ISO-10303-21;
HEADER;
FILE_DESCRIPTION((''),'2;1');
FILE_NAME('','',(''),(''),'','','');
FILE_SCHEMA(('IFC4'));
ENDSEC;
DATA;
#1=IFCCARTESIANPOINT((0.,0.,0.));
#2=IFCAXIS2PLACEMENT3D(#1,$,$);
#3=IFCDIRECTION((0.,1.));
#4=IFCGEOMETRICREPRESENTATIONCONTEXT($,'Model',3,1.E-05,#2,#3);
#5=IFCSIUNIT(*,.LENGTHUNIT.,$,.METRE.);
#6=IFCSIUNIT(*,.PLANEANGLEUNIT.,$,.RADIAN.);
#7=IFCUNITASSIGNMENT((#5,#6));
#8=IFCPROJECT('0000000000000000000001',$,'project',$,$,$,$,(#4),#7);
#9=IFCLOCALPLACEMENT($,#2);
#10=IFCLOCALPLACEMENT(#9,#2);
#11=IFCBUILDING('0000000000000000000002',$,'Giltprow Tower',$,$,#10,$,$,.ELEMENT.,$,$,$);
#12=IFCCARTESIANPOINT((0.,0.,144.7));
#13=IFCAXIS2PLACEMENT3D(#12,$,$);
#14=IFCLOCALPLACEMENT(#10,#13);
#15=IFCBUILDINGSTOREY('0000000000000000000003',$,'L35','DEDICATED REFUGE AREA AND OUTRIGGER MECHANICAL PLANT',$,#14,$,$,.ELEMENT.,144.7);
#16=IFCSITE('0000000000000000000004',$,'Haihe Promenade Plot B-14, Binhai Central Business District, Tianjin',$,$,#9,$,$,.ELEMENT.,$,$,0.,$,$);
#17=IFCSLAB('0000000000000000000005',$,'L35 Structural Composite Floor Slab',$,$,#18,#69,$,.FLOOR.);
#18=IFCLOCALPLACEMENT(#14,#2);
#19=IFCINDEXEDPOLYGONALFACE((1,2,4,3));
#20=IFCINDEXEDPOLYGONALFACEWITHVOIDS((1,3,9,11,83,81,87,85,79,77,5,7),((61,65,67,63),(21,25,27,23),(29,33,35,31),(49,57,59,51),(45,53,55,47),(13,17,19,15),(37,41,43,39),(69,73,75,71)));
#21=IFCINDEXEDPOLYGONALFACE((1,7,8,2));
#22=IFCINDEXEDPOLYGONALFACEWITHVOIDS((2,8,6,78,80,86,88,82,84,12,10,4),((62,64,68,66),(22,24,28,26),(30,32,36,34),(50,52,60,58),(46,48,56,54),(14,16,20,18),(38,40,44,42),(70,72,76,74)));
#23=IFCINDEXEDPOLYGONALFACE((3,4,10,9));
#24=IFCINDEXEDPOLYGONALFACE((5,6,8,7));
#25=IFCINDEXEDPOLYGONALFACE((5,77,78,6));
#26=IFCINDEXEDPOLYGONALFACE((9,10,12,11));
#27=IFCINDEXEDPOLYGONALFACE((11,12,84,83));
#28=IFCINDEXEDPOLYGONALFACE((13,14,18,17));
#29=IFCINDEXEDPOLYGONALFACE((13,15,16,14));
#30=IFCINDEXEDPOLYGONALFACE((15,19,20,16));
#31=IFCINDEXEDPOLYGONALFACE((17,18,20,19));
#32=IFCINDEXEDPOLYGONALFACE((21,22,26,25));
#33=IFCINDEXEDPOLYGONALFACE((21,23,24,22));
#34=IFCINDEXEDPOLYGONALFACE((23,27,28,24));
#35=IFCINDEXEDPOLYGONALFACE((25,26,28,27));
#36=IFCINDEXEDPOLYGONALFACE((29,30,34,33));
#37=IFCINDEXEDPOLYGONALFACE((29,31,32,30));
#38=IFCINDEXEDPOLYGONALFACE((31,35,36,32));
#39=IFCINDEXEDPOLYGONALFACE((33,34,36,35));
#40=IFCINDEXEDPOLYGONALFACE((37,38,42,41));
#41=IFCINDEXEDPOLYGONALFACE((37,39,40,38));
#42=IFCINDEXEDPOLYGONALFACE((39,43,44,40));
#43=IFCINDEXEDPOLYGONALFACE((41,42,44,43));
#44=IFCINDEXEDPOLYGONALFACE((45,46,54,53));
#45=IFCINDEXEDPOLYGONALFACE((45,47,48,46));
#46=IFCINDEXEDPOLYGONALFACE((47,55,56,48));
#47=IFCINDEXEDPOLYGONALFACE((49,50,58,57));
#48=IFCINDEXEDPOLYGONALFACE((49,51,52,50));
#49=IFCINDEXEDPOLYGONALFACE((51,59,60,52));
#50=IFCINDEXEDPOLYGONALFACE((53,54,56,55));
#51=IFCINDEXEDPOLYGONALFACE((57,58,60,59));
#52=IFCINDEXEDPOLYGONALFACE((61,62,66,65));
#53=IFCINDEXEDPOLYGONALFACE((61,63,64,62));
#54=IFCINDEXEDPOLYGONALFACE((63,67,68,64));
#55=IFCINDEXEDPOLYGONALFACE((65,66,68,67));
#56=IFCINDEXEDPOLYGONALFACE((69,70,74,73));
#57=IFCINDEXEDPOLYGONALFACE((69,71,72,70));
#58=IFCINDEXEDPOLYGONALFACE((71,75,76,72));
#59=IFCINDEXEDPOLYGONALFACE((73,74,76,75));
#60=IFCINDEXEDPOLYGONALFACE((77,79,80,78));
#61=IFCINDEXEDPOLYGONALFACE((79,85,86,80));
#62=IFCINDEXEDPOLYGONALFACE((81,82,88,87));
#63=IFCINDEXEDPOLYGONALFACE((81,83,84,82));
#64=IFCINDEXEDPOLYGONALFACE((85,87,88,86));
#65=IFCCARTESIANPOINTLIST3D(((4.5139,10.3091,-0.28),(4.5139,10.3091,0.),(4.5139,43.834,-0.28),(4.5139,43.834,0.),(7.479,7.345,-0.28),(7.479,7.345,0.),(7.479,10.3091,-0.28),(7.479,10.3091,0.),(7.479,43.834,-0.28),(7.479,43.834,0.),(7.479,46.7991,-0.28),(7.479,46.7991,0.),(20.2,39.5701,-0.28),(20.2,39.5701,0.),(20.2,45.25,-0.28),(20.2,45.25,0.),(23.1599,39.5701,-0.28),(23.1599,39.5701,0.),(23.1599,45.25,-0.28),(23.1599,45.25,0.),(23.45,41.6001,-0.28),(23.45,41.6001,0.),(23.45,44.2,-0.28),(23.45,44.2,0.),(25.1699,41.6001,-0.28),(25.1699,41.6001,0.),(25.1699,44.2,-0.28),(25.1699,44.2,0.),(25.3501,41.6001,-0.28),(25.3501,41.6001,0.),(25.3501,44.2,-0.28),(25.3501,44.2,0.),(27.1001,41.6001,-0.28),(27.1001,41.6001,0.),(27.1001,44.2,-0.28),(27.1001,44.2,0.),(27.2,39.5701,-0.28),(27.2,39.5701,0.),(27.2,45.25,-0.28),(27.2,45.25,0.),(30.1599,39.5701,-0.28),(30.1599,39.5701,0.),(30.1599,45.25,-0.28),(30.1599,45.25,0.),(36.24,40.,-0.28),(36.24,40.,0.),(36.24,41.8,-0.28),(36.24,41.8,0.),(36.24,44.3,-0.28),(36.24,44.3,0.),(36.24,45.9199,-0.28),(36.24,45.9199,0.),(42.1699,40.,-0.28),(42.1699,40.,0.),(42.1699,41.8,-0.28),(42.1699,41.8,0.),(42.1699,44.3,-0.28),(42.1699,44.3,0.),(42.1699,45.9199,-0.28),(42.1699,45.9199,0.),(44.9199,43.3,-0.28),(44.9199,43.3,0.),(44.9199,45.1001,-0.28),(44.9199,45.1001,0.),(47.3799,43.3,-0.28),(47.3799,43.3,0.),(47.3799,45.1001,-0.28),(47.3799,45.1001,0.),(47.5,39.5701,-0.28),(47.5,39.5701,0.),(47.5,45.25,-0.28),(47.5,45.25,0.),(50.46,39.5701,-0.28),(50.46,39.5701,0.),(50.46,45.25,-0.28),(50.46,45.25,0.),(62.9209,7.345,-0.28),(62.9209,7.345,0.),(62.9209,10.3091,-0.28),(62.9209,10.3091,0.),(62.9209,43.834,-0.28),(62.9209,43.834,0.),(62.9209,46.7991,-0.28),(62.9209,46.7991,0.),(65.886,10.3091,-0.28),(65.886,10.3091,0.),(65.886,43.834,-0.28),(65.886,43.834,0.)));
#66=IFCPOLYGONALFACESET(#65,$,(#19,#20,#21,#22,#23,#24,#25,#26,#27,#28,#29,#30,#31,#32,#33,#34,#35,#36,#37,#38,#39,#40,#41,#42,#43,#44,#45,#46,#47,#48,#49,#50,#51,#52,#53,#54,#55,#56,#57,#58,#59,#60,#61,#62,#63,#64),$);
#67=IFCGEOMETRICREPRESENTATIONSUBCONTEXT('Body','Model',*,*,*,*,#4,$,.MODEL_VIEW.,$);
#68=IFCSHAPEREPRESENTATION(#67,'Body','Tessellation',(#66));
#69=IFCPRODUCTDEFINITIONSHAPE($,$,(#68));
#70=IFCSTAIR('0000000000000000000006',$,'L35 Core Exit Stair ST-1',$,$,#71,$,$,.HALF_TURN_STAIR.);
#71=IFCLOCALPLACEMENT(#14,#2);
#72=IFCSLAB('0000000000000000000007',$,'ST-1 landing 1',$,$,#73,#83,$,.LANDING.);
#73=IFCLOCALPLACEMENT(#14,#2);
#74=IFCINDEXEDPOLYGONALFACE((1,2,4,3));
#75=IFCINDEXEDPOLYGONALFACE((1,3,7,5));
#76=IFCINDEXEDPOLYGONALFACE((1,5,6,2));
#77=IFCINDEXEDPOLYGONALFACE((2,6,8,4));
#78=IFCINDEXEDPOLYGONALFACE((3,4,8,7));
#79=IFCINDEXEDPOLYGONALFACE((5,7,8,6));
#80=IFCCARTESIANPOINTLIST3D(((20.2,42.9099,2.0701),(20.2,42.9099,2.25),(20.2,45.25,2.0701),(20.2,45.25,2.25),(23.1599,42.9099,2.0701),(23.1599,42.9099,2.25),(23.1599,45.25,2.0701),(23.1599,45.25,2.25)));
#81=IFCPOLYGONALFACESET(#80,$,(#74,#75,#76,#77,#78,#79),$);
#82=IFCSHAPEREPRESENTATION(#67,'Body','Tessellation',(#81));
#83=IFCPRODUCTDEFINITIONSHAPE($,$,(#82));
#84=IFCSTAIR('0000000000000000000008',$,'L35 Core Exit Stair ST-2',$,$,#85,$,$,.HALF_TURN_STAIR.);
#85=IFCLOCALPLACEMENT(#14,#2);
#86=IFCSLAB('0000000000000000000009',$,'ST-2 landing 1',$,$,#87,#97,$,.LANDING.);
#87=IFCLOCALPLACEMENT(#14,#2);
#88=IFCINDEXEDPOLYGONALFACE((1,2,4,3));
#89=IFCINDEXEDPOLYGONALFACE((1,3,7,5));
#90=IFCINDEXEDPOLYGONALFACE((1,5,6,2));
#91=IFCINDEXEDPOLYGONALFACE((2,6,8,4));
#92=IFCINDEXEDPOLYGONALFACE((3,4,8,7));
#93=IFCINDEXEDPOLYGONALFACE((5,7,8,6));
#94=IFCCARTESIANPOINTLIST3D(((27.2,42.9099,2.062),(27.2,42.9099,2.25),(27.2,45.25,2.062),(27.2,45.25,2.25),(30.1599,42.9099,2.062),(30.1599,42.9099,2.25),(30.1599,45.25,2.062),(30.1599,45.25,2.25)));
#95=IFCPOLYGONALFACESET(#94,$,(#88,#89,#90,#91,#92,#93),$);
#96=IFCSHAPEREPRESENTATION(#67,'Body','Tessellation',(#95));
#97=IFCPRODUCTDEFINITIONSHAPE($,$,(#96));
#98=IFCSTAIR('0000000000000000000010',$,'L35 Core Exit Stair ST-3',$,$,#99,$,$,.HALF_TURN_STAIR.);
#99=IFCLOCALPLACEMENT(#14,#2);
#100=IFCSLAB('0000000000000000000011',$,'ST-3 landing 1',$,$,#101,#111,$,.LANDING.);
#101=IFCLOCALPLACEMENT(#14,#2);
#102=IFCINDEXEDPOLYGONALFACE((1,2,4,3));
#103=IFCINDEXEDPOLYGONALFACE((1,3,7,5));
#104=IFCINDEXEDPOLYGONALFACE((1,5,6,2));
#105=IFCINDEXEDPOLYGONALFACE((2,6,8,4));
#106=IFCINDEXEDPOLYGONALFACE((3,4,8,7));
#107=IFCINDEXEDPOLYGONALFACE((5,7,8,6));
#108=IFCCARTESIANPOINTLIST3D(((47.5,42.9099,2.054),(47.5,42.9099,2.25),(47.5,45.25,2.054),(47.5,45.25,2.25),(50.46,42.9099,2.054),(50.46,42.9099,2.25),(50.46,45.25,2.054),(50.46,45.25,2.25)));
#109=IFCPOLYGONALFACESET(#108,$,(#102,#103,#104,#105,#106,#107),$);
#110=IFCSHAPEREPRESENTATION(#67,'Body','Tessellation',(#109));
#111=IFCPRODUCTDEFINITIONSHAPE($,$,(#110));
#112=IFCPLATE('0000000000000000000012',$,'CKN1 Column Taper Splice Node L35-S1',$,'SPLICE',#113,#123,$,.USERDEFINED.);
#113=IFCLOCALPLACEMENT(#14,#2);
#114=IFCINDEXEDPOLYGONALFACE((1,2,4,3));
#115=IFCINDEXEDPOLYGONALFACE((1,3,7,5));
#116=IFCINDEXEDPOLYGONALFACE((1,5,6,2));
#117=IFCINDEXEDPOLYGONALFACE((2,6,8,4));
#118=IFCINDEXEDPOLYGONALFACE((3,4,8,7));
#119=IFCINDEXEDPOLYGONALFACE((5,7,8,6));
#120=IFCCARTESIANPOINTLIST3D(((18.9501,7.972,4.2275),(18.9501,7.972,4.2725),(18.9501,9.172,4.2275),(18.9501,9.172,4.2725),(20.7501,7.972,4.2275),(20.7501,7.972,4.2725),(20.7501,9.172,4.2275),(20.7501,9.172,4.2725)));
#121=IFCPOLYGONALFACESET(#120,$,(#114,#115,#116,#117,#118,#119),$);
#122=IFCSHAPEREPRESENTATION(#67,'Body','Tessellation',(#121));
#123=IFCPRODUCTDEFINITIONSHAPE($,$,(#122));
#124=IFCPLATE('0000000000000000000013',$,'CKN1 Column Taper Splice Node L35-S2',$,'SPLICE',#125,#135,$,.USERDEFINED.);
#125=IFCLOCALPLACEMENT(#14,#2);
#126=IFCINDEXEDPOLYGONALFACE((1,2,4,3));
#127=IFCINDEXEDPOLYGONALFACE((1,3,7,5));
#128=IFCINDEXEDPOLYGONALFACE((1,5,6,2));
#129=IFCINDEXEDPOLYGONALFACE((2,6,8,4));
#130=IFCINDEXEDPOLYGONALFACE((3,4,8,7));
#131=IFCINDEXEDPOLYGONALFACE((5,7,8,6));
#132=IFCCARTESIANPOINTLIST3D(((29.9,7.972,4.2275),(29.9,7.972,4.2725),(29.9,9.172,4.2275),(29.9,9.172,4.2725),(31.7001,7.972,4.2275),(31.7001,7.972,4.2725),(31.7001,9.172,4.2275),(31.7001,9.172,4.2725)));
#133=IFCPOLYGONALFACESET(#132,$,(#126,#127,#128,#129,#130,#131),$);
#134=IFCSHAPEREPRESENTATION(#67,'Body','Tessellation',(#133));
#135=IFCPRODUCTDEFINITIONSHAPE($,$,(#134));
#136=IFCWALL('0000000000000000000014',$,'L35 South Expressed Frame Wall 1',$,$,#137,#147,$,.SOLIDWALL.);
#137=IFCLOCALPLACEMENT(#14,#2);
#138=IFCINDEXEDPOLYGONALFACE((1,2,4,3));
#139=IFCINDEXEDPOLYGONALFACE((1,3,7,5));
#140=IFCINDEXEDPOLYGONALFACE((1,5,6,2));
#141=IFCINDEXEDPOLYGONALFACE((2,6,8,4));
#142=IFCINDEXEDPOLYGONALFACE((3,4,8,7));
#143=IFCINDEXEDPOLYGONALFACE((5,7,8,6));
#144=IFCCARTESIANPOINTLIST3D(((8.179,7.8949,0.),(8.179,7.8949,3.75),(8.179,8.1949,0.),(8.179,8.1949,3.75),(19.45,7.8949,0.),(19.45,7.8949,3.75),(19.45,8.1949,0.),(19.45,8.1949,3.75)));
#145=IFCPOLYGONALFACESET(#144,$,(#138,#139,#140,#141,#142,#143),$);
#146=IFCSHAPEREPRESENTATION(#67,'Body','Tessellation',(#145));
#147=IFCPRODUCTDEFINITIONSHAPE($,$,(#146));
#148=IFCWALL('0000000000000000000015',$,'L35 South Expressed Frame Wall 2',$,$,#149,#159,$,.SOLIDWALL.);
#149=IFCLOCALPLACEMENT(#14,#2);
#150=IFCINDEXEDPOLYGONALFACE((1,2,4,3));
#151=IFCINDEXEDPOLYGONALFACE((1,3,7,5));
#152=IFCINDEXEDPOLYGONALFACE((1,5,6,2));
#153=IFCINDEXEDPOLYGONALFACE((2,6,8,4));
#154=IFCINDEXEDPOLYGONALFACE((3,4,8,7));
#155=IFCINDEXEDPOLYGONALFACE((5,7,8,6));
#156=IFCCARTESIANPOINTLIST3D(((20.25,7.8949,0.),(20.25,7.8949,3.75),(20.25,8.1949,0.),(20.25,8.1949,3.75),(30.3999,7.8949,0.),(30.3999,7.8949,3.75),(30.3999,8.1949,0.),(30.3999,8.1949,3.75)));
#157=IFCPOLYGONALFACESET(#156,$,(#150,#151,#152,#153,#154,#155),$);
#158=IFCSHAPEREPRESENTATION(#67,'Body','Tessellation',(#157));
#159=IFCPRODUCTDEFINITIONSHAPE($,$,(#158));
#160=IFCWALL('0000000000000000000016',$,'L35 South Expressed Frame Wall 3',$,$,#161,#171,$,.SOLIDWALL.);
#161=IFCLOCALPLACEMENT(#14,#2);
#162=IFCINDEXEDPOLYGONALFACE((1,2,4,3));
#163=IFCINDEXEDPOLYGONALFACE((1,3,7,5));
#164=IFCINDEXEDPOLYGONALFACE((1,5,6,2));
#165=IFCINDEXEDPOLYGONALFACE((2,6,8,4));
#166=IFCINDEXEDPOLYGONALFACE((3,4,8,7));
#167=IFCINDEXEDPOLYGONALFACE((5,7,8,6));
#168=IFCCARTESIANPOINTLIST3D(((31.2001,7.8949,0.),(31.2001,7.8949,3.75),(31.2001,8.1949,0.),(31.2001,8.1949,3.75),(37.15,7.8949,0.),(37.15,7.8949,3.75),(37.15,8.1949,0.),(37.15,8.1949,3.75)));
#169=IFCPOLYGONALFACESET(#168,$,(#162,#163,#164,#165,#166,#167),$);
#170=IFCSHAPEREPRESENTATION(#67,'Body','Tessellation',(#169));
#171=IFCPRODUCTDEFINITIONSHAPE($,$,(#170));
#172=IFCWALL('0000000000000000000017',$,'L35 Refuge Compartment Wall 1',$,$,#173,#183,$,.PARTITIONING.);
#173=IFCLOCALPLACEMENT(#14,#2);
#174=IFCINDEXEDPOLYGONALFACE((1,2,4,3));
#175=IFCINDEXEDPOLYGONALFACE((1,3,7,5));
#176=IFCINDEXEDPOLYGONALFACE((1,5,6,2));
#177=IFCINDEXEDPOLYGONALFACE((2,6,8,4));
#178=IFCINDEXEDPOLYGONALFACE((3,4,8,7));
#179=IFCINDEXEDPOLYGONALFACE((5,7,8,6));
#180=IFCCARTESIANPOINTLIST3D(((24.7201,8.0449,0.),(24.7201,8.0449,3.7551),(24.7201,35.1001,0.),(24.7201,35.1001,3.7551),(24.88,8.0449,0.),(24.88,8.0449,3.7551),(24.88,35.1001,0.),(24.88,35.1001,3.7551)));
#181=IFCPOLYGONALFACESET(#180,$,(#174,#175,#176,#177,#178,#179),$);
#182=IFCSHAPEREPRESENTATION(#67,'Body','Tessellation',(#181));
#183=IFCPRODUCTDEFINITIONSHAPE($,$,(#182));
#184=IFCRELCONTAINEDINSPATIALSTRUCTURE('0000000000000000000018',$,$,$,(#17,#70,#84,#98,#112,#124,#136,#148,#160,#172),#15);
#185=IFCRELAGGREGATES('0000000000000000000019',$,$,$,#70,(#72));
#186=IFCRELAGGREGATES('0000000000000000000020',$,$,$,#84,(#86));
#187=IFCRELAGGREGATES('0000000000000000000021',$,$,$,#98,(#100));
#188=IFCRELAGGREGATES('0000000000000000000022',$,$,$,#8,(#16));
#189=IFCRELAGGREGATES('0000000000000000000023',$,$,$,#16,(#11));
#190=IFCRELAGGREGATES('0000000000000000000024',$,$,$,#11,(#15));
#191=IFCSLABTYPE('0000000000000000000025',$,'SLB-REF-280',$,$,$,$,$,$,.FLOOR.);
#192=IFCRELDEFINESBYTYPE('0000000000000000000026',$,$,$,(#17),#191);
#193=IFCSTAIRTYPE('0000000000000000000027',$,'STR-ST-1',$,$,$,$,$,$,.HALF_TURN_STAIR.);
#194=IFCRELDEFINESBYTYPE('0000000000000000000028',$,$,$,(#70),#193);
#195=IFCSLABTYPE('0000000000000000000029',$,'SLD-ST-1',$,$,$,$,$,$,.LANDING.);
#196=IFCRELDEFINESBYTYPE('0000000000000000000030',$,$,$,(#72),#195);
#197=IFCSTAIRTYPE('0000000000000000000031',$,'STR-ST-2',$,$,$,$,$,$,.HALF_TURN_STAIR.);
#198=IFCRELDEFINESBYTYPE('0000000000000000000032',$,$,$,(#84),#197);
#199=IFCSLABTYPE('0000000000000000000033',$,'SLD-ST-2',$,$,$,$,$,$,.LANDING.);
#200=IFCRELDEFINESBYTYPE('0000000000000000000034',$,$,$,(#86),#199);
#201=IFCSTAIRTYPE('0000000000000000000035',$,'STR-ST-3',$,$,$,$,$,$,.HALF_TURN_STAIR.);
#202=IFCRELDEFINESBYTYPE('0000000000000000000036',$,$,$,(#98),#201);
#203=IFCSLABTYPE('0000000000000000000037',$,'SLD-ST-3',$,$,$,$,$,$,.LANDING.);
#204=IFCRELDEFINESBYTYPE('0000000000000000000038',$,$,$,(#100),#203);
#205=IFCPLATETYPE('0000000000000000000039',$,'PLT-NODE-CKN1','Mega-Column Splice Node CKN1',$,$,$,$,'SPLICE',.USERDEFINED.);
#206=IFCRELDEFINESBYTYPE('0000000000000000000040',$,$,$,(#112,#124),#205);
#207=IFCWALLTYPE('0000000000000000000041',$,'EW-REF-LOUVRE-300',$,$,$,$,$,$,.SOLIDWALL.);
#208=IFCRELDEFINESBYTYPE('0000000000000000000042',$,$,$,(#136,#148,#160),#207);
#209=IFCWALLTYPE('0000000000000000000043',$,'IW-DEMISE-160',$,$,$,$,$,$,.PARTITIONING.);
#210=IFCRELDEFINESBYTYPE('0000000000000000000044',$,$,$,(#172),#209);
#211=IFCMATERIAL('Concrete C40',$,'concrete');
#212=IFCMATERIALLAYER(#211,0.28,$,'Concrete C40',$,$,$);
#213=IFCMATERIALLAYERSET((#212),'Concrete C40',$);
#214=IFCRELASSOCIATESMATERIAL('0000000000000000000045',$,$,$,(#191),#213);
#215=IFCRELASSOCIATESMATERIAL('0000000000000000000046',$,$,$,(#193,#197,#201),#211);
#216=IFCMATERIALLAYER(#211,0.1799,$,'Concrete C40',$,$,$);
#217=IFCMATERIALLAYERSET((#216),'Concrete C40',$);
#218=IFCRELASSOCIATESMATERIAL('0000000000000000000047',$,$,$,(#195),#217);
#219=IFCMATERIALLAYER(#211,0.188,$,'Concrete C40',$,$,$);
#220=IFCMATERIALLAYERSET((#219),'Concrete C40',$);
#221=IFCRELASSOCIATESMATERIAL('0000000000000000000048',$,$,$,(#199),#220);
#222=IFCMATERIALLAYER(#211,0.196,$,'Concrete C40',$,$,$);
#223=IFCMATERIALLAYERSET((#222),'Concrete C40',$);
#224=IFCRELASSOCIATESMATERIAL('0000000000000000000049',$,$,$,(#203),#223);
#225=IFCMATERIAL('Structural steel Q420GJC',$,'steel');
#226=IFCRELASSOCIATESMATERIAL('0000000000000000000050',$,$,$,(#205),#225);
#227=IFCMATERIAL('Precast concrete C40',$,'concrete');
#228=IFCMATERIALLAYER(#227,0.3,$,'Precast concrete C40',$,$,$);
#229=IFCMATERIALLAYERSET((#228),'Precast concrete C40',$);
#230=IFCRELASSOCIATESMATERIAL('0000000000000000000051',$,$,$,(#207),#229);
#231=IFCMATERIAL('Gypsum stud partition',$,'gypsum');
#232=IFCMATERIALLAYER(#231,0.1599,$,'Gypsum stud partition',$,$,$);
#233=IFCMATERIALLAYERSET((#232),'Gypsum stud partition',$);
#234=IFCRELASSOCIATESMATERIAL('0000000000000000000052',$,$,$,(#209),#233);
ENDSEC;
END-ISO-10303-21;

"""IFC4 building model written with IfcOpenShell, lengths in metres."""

from ifc_helpers import new_model, si_unit, direction, frame, frame_2d, origin, origin_2d, place, context, subcontext, project, spatial, polyline, rectangle, outline, extrude, source, transform, mapped, material, layer, layer_set, type_object, element, aggregate, save


model = new_model("IFC4")

# Units and contexts
model_context = context("Model", 3, precision=1e-05, world=origin(), true_north=direction((0.0, 1.0)))
body_context = subcontext(model_context, "Body", "Model", "MODEL_VIEW")
ifc_project = project(units=[si_unit("LENGTHUNIT", "METRE"), si_unit("PLANEANGLEUNIT", "RADIAN")], contexts=[model_context])

# Site, building, storey
site_placement = place(None, origin())
site = spatial("IfcSite", under=ifc_project, at=site_placement, Name="Haihe Promenade Plot B-14, Binhai Central Business District, Tianjin", CompositionType="ELEMENT", RefElevation=0.0)
building_placement = place(site_placement, origin())
building = spatial("IfcBuilding", under=site, at=building_placement, Name="Giltprow Tower", CompositionType="ELEMENT")
storey_placement = place(building_placement, frame((0.0, 0.0, 144.7)))
storey = spatial("IfcBuildingStorey", under=building, at=storey_placement, Name="L35", Description="DEDICATED REFUGE AREA AND OUTRIGGER MECHANICAL PLANT", CompositionType="ELEMENT", Elevation=144.7)

# Shared definitions
ifc_material_1 = material(Name="Structural steel Q420GJC", Category="steel")

# Slab
ifc_material_2 = material(Name="Concrete C40", Category="concrete")
ifc_layer_1 = layer(ifc_material_2, 0.28, Name="Concrete C40")
ifc_layer_set_1 = layer_set([ifc_layer_1], Name="Concrete C40")
slab_type_1 = type_object("IfcSlabType", Name="SLB-REF-280", PredefinedType="FLOOR", material=ifc_layer_set_1)
slab_1_placement = place(storey_placement, frame((0.0, 0.0, -0.28)))
element("IfcSlab", 1, at=slab_1_placement, inside=storey, type_object=slab_type_1, Name="L35 Structural Composite Floor Slab", PredefinedType="FLOOR", context=body_context, shape_type="SweptSolid", body=[
    extrude(outline(polyline([(7.479, 10.3091), (4.5139, 10.3091), (4.5139, 43.834), (7.479, 43.834), (7.479, 46.7991), (62.9209, 46.7991), (62.9209, 43.834), (65.886, 43.834), (65.886, 10.3091), (62.9209, 10.3091), (62.9209, 7.345), (7.479, 7.345), (7.479, 10.3091)]), holes=[polyline([(42.1699, 41.8), (36.24, 41.8), (36.24, 40.0), (42.1699, 40.0), (42.1699, 41.8)]), polyline([(23.1599, 45.25), (20.2, 45.25), (20.2, 39.5701), (23.1599, 39.5701), (23.1599, 45.25)]), polyline([(30.1599, 45.25), (27.2, 45.25), (27.2, 39.5701), (30.1599, 39.5701), (30.1599, 45.25)]), polyline([(50.46, 45.25), (47.5, 45.25), (47.5, 39.5701), (50.46, 39.5701), (50.46, 45.25)]), polyline([(25.1699, 44.2), (23.45, 44.2), (23.45, 41.6001), (25.1699, 41.6001), (25.1699, 44.2)]), polyline([(27.1001, 44.2), (25.3501, 44.2), (25.3501, 41.6001), (27.1001, 41.6001), (27.1001, 44.2)]), polyline([(47.3799, 45.1001), (44.9199, 45.1001), (44.9199, 43.3), (47.3799, 43.3), (47.3799, 45.1001)]), polyline([(42.1699, 45.9199), (36.24, 45.9199), (36.24, 44.3), (42.1699, 44.3), (42.1699, 45.9199)])]), origin(), (0.0, 0.0, 1.0), 0.28),
])

# Stairs, slabs
stair_type_1 = type_object("IfcStairType", Name="STR-ST-1", PredefinedType="HALF_TURN_STAIR", material=ifc_material_2)
stair_1_placement = place(storey_placement, origin())
stair_1 = element("IfcStair", 2, at=stair_1_placement, inside=storey, type_object=stair_type_1, Name="L35 Core Exit Stair ST-1", PredefinedType="HALF_TURN_STAIR")
ifc_layer_2 = layer(ifc_material_2, 0.1799, Name="Concrete C40")
ifc_layer_set_2 = layer_set([ifc_layer_2], Name="Concrete C40")
slab_type_2 = type_object("IfcSlabType", Name="SLD-ST-1", PredefinedType="LANDING", material=ifc_layer_set_2)
slab_2_placement = place(storey_placement, frame((0.0, 0.0, 2.0701)))
slab_2 = element("IfcSlab", 3, at=slab_2_placement, type_object=slab_type_2, Name="ST-1 landing 1", PredefinedType="LANDING", context=body_context, shape_type="SweptSolid", body=[
    extrude(outline(polyline([(23.1599, 42.9099), (23.1599, 45.25), (20.2, 45.25), (20.2, 42.9099), (23.1599, 42.9099)])), origin(), (0.0, 0.0, 1.0), 0.1799),
])
aggregate(stair_1, [slab_2])
stair_type_2 = type_object("IfcStairType", Name="STR-ST-2", PredefinedType="HALF_TURN_STAIR", material=ifc_material_2)
stair_2_placement = place(storey_placement, origin())
stair_2 = element("IfcStair", 4, at=stair_2_placement, inside=storey, type_object=stair_type_2, Name="L35 Core Exit Stair ST-2", PredefinedType="HALF_TURN_STAIR")
ifc_layer_3 = layer(ifc_material_2, 0.188, Name="Concrete C40")
ifc_layer_set_3 = layer_set([ifc_layer_3], Name="Concrete C40")
slab_type_3 = type_object("IfcSlabType", Name="SLD-ST-2", PredefinedType="LANDING", material=ifc_layer_set_3)
slab_3_placement = place(storey_placement, frame((0.0, 0.0, 2.062)))
slab_3 = element("IfcSlab", 5, at=slab_3_placement, type_object=slab_type_3, Name="ST-2 landing 1", PredefinedType="LANDING", context=body_context, shape_type="SweptSolid", body=[
    extrude(outline(polyline([(30.1599, 42.9099), (30.1599, 45.25), (27.2, 45.25), (27.2, 42.9099), (30.1599, 42.9099)])), origin(), (0.0, 0.0, 1.0), 0.188),
])
aggregate(stair_2, [slab_3])
stair_type_3 = type_object("IfcStairType", Name="STR-ST-3", PredefinedType="HALF_TURN_STAIR", material=ifc_material_2)
stair_3_placement = place(storey_placement, origin())
stair_3 = element("IfcStair", 6, at=stair_3_placement, inside=storey, type_object=stair_type_3, Name="L35 Core Exit Stair ST-3", PredefinedType="HALF_TURN_STAIR")
ifc_layer_4 = layer(ifc_material_2, 0.196, Name="Concrete C40")
ifc_layer_set_4 = layer_set([ifc_layer_4], Name="Concrete C40")
slab_type_4 = type_object("IfcSlabType", Name="SLD-ST-3", PredefinedType="LANDING", material=ifc_layer_set_4)
slab_4_placement = place(storey_placement, frame((0.0, 0.0, 2.054)))
slab_4 = element("IfcSlab", 7, at=slab_4_placement, type_object=slab_type_4, Name="ST-3 landing 1", PredefinedType="LANDING", context=body_context, shape_type="SweptSolid", body=[
    extrude(outline(polyline([(50.46, 42.9099), (50.46, 45.25), (47.5, 45.25), (47.5, 42.9099), (50.46, 42.9099)])), origin(), (0.0, 0.0, 1.0), 0.196),
])
aggregate(stair_3, [slab_4])

# Plates
plate_type = type_object("IfcPlateType", Name="PLT-NODE-CKN1", Description="Mega-Column Splice Node CKN1", ElementType="SPLICE", PredefinedType="USERDEFINED", material=ifc_material_1)
shared_shape_1 = source(origin(), body_context, "Body", "SweptSolid", [
    extrude(rectangle(XDim=1.8, YDim=1.2, at=origin_2d()), origin(), (0.0, 0.0, 1.0), 0.0449),
])
for number, where, z_axis, x_axis, name in (
    (8, (19.8501, 8.572, 4.2275), (0.0, 0.0, 1.0), (1.0, 0.0, 0.0), "CKN1 Column Taper Splice Node L35-S1"),
    (9, (30.8, 8.572, 4.2275), (0.0, 0.0, 1.0), (1.0, 0.0, 0.0), "CKN1 Column Taper Splice Node L35-S2"),
):
    element("IfcPlate", number, at=place(storey_placement, frame(where, z_axis=z_axis, x_axis=x_axis)), inside=storey, type_object=plate_type, Name=name, ObjectType="SPLICE", PredefinedType="USERDEFINED", context=body_context, shape_type="MappedRepresentation", body=[
        mapped(shared_shape_1, transform((0.0, 0.0, 0.0), x_axis=(1.0, 0.0, 0.0), y_axis=(0.0, 1.0, 0.0), z_axis=(0.0, 0.0, 1.0), scale=1.0)),
    ])

# Walls
ifc_material_3 = material(Name="Precast concrete C40", Category="concrete")
ifc_layer_5 = layer(ifc_material_3, 0.3, Name="Precast concrete C40")
ifc_layer_set_5 = layer_set([ifc_layer_5], Name="Precast concrete C40")
wall_type_1 = type_object("IfcWallType", Name="EW-REF-LOUVRE-300", PredefinedType="SOLIDWALL", material=ifc_layer_set_5)
wall_1_placement = place(storey_placement, frame((8.179, 8.0449, 0.0), z_axis=(0.0, 0.0, 1.0), x_axis=(1.0, 0.0, 0.0)))
element("IfcWall", 10, at=wall_1_placement, inside=storey, type_object=wall_type_1, Name="L35 South Expressed Frame Wall 1", PredefinedType="SOLIDWALL", context=body_context, shape_type="SweptSolid", body=[
    extrude(rectangle(XDim=11.271, YDim=0.3, at=frame_2d((5.6355, 0.0))), origin(), (0.0, 0.0, 1.0), 3.75),
])
wall_2_placement = place(storey_placement, frame((20.25, 8.0449, 0.0), z_axis=(0.0, 0.0, 1.0), x_axis=(1.0, 0.0, 0.0)))
element("IfcWall", 11, at=wall_2_placement, inside=storey, type_object=wall_type_1, Name="L35 South Expressed Frame Wall 2", PredefinedType="SOLIDWALL", context=body_context, shape_type="SweptSolid", body=[
    extrude(rectangle(XDim=10.1499, YDim=0.3, at=frame_2d((5.075, 0.0))), origin(), (0.0, 0.0, 1.0), 3.75),
])
wall_3_placement = place(storey_placement, frame((31.2, 8.0449, 0.0), z_axis=(0.0, 0.0, 1.0), x_axis=(1.0, 0.0, 0.0)))
element("IfcWall", 12, at=wall_3_placement, inside=storey, type_object=wall_type_1, Name="L35 South Expressed Frame Wall 3", PredefinedType="SOLIDWALL", context=body_context, shape_type="SweptSolid", body=[
    extrude(rectangle(XDim=5.95, YDim=0.3, at=frame_2d((2.9751, 0.0))), origin(), (0.0, 0.0, 1.0), 3.75),
])
ifc_material_4 = material(Name="Gypsum stud partition", Category="gypsum")
ifc_layer_6 = layer(ifc_material_4, 0.1599, Name="Gypsum stud partition")
ifc_layer_set_6 = layer_set([ifc_layer_6], Name="Gypsum stud partition")
wall_type_2 = type_object("IfcWallType", Name="IW-DEMISE-160", PredefinedType="PARTITIONING", material=ifc_layer_set_6)
wall_4_placement = place(storey_placement, frame((24.8, 8.0449, 0.0), z_axis=(0.0, 0.0, 1.0), x_axis=(0.0, 1.0, 0.0)))
element("IfcWall", 13, at=wall_4_placement, inside=storey, type_object=wall_type_2, Name="L35 Refuge Compartment Wall 1", PredefinedType="PARTITIONING", context=body_context, shape_type="SweptSolid", body=[
    extrude(rectangle(XDim=27.0552, YDim=0.1599, at=frame_2d((13.5276, 0.0))), origin(), (0.0, 0.0, 1.0), 3.7551),
])

save(model, "model.ifc")
